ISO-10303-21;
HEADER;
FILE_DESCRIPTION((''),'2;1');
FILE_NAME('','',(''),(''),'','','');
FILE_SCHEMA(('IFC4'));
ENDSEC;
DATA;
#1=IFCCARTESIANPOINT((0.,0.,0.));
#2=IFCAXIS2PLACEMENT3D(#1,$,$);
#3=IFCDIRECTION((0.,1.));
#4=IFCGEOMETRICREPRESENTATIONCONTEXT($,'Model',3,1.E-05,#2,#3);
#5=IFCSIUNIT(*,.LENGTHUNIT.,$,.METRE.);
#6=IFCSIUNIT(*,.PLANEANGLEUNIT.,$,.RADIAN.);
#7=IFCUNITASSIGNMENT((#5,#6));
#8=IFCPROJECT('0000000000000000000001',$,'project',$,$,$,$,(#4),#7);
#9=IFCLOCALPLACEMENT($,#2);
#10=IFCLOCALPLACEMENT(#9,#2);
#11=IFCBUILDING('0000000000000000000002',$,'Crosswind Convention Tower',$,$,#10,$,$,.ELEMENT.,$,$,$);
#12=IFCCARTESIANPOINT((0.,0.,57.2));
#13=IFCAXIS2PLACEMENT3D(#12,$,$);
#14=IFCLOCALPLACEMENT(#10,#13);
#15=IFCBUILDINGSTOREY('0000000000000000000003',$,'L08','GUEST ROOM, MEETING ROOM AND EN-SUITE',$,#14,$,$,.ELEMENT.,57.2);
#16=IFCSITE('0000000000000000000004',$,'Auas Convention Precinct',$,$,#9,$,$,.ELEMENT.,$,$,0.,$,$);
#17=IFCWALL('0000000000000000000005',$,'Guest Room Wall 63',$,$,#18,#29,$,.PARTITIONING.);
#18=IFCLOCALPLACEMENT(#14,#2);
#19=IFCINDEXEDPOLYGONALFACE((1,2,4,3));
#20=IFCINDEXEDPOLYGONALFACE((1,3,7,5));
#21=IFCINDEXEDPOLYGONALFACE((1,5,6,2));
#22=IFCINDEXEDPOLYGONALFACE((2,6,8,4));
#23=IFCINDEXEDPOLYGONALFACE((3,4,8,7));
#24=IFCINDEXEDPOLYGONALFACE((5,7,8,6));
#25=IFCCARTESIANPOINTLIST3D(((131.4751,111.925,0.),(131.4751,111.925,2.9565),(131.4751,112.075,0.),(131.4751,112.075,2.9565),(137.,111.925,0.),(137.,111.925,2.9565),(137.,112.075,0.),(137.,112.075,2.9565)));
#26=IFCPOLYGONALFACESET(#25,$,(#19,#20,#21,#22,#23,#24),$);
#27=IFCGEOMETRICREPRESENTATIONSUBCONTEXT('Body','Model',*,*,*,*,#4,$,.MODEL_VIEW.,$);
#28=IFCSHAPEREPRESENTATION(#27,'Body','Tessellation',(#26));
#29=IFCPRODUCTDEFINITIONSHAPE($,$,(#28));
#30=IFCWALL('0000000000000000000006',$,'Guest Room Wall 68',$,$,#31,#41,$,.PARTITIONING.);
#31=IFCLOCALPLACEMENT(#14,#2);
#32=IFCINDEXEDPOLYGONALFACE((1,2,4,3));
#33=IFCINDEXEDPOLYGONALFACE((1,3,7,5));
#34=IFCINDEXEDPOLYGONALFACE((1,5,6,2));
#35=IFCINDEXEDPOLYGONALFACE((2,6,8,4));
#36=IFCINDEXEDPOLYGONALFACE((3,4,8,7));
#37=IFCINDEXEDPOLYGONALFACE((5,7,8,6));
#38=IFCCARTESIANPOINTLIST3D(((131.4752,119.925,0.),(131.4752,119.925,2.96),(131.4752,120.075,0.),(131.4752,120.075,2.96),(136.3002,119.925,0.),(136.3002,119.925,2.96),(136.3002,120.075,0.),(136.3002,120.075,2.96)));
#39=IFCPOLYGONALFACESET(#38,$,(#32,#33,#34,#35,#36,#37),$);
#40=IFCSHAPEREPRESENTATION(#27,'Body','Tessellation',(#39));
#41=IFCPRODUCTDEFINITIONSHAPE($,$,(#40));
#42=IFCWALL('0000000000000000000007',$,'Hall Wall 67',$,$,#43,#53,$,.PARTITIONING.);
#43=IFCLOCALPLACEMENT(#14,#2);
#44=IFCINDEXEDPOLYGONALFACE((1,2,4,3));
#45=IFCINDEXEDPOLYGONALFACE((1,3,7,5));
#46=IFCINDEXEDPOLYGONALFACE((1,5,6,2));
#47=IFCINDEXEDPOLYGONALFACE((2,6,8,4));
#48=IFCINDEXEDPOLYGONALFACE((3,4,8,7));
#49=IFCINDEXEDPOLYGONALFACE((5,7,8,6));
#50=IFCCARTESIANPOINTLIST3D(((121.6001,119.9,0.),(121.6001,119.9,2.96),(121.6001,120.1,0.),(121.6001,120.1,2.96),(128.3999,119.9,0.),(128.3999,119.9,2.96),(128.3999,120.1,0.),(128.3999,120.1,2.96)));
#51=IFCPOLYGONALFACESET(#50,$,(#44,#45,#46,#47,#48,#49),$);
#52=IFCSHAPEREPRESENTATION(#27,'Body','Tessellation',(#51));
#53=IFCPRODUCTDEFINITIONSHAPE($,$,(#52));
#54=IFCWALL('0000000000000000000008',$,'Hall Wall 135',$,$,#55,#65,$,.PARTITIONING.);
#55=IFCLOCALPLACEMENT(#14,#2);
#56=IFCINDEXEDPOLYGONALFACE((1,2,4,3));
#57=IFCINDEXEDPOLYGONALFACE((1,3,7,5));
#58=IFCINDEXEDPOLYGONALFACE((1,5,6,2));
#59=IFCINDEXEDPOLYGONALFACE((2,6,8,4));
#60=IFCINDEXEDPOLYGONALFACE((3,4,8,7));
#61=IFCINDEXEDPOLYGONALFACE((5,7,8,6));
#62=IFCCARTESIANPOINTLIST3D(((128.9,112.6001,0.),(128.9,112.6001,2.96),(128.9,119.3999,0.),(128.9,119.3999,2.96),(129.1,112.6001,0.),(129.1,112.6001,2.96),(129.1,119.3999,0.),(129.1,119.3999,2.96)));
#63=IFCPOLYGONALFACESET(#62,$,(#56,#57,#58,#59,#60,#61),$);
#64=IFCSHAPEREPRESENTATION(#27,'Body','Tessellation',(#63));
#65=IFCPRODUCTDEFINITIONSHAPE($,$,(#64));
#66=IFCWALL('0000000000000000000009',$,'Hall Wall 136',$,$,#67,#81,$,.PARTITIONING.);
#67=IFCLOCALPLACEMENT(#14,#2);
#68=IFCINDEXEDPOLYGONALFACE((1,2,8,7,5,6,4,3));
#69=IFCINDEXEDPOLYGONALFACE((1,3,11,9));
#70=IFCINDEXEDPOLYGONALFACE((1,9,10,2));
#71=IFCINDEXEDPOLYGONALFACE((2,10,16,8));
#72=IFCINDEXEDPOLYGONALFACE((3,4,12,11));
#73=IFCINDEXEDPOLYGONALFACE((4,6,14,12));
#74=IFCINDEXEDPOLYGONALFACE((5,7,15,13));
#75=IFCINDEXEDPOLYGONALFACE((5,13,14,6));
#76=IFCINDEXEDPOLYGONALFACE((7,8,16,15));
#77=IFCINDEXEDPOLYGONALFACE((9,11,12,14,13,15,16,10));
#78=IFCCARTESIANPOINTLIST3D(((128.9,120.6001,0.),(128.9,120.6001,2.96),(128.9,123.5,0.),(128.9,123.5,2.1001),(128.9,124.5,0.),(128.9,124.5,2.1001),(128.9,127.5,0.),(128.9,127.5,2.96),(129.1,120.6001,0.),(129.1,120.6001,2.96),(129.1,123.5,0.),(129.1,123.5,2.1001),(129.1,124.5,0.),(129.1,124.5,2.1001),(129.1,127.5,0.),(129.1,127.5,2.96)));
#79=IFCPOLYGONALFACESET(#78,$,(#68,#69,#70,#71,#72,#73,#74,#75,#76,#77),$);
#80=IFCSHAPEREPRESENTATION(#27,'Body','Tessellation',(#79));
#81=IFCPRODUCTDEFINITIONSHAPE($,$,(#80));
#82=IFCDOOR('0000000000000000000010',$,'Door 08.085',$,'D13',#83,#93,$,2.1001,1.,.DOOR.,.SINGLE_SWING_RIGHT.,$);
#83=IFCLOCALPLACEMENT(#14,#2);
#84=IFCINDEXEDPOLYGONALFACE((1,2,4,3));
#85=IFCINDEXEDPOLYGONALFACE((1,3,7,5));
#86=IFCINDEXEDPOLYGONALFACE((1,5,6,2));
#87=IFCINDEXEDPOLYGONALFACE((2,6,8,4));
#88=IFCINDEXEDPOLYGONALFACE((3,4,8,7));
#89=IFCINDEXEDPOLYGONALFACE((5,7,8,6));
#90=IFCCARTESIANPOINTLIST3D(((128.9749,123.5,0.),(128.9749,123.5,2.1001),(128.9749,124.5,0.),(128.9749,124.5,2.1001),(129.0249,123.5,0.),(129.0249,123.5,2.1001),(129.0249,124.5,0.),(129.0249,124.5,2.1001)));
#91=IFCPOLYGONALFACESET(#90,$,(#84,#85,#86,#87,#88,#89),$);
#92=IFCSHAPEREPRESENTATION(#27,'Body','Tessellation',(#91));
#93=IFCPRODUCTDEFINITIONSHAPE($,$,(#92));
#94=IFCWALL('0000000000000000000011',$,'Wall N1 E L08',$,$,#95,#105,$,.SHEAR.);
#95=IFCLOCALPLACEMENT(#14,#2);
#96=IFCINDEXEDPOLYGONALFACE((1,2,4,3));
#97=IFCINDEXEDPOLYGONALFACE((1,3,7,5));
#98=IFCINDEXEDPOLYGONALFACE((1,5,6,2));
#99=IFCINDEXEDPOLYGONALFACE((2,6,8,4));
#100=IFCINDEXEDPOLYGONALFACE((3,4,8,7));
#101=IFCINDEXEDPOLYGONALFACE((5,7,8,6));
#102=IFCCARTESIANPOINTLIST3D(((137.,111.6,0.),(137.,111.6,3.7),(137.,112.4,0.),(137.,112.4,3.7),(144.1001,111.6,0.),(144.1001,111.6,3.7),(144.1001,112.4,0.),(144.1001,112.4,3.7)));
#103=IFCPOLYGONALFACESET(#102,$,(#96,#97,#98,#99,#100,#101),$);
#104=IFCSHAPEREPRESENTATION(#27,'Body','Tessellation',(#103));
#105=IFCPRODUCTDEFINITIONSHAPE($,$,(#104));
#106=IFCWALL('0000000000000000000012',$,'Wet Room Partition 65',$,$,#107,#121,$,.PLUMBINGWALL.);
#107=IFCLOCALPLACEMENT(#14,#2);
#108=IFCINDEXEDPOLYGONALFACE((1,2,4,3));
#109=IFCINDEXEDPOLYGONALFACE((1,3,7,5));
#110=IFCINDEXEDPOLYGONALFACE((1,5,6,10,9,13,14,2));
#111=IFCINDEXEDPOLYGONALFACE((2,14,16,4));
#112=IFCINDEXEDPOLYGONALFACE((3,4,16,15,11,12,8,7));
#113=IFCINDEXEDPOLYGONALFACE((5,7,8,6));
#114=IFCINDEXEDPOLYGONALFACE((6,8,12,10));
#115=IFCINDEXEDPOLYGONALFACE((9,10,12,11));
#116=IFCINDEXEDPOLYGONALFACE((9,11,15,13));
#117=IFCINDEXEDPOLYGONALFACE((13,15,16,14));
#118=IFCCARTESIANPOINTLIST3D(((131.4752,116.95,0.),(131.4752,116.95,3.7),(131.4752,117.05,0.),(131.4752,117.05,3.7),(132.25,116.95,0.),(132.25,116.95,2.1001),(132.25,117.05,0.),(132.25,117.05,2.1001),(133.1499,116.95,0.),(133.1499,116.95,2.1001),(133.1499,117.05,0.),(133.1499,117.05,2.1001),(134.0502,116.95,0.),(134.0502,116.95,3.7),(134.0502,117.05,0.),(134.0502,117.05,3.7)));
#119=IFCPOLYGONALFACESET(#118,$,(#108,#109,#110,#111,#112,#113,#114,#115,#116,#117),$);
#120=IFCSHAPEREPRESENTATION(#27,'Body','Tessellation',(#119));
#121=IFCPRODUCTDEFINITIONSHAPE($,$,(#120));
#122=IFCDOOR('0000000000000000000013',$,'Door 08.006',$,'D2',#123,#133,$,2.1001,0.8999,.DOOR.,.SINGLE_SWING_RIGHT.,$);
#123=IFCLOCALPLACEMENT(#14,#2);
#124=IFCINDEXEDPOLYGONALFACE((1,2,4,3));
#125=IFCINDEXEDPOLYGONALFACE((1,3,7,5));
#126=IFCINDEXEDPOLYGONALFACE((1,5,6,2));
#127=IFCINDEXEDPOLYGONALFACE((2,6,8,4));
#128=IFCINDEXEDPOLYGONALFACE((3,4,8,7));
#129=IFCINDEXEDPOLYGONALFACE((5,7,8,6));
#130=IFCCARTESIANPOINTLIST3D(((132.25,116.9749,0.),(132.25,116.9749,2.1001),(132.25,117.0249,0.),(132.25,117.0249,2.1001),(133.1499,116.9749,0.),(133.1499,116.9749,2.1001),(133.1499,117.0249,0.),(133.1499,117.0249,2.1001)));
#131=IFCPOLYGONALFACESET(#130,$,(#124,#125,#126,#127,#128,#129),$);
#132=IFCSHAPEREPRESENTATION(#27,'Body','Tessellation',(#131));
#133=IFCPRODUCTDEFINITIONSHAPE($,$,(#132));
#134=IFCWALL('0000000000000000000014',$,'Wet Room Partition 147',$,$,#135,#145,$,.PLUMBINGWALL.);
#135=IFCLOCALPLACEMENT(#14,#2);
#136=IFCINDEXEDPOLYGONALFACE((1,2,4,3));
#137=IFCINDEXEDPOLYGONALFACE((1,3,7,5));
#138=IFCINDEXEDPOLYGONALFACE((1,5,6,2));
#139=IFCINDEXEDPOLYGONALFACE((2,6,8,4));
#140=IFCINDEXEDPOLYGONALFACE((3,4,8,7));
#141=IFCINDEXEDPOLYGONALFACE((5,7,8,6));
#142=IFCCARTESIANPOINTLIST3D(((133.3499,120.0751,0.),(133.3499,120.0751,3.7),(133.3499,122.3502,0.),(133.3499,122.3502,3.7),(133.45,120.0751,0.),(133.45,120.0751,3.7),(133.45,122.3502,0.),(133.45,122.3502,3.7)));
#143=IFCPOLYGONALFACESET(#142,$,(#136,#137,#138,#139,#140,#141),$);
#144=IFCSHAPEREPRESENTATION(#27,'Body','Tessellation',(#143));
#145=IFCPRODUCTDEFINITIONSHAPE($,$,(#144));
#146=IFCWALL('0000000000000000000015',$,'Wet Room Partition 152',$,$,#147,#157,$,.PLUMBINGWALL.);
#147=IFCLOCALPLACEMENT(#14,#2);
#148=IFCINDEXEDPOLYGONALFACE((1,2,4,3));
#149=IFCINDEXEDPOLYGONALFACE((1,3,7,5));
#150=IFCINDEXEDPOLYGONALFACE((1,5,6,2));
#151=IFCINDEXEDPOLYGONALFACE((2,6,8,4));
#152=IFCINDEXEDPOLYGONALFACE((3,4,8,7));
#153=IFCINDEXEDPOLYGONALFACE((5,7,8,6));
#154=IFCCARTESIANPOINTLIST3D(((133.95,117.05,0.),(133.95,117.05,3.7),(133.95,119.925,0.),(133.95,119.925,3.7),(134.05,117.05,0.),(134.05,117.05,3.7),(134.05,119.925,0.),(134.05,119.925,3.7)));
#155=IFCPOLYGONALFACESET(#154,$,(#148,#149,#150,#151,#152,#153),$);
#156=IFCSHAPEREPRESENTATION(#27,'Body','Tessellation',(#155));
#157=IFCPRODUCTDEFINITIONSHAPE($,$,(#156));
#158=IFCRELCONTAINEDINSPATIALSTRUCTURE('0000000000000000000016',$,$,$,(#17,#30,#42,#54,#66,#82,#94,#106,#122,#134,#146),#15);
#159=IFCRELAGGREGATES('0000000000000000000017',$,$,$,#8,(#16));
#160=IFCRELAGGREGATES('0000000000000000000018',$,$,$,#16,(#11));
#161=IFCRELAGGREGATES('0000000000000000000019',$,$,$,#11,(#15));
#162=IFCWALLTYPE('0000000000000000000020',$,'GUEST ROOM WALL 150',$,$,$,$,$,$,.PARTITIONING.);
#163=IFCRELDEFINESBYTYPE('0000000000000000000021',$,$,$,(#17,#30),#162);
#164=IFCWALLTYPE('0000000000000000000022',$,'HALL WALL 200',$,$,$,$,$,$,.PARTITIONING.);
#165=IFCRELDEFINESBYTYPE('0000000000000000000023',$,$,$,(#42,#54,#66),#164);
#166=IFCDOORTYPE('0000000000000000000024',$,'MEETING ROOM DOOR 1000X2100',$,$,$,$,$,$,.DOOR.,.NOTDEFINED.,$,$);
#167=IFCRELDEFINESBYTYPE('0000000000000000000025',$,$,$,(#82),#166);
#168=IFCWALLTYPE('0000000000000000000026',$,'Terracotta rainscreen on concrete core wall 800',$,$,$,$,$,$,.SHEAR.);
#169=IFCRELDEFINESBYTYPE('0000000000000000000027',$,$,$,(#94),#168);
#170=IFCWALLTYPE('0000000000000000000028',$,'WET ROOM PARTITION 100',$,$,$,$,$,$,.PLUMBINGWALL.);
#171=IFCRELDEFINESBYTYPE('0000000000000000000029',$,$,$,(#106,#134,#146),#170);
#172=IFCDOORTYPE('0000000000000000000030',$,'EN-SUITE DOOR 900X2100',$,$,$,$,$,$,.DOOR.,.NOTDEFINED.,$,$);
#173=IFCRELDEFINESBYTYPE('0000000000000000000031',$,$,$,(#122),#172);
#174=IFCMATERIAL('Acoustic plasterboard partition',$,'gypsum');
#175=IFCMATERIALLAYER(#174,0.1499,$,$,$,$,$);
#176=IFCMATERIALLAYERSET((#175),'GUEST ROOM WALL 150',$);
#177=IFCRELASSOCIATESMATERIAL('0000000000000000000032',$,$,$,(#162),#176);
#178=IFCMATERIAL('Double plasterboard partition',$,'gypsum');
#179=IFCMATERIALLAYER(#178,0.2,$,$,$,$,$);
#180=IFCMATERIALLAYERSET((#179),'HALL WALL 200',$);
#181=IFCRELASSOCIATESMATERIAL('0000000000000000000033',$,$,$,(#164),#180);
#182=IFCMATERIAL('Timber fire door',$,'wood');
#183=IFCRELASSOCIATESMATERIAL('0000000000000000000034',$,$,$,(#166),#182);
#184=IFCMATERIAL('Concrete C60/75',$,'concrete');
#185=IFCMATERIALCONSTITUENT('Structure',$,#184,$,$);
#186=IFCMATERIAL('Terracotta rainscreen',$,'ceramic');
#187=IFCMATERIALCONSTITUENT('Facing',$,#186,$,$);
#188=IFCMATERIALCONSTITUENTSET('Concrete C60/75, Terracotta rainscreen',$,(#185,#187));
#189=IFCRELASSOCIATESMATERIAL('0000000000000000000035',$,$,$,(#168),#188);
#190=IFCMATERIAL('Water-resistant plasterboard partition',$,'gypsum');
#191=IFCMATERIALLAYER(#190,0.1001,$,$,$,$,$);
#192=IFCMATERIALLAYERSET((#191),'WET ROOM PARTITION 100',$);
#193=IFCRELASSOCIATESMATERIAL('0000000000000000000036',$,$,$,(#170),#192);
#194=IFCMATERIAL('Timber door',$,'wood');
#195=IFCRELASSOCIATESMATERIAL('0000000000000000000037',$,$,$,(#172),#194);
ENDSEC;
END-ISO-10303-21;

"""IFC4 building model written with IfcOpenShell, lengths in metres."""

from ifc_helpers import new_model, si_unit, direction, frame, frame_2d, origin, place, context, subcontext, project, spatial, rectangle, extrude, material, layer, layer_set, constituent, constituent_set, type_object, element, fill, save


model = new_model("IFC4")

# Units and contexts
model_context = context("Model", 3, precision=1e-05, world=origin(), true_north=direction((0.0, 1.0)))
body_context = subcontext(model_context, "Body", "Model", "MODEL_VIEW")
ifc_project = project(units=[si_unit("LENGTHUNIT", "METRE"), si_unit("PLANEANGLEUNIT", "RADIAN")], contexts=[model_context])

# Site, building, storey
site_placement = place(None, origin())
site = spatial("IfcSite", under=ifc_project, at=site_placement, Name="Auas Convention Precinct", CompositionType="ELEMENT", RefElevation=0.0)
building_placement = place(site_placement, origin())
building = spatial("IfcBuilding", under=site, at=building_placement, Name="Crosswind Convention Tower", CompositionType="ELEMENT")
storey_placement = place(building_placement, frame((0.0, 0.0, 57.2)))
storey = spatial("IfcBuildingStorey", under=building, at=storey_placement, Name="L08", Description="GUEST ROOM, MEETING ROOM AND EN-SUITE", CompositionType="ELEMENT", Elevation=57.2)

# Walls
ifc_material_1 = material(Name="Acoustic plasterboard partition", Category="gypsum")
ifc_layer_1 = layer(ifc_material_1, 0.1499)
ifc_layer_set_1 = layer_set([ifc_layer_1], Name="GUEST ROOM WALL 150")
wall_type_1 = type_object("IfcWallType", Name="GUEST ROOM WALL 150", PredefinedType="PARTITIONING", material=ifc_layer_set_1)
wall_1_placement = place(storey_placement, frame((131.4751, 112.0, 0.0), z_axis=(0.0, 0.0, 1.0), x_axis=(1.0, 0.0, 0.0)))
element("IfcWall", 1, at=wall_1_placement, inside=storey, type_object=wall_type_1, Name="Guest Room Wall 63", PredefinedType="PARTITIONING", context=body_context, shape_type="SweptSolid", body=[
    extrude(rectangle(XDim=5.5249, YDim=0.1499, at=frame_2d((2.7625, 0.0))), origin(), (0.0, 0.0, 1.0), 2.9565),
])
wall_2_placement = place(storey_placement, frame((131.4751, 120.0, 0.0), z_axis=(0.0, 0.0, 1.0), x_axis=(1.0, 0.0, 0.0)))
element("IfcWall", 2, at=wall_2_placement, inside=storey, type_object=wall_type_1, Name="Guest Room Wall 68", PredefinedType="PARTITIONING", context=body_context, shape_type="SweptSolid", body=[
    extrude(rectangle(XDim=4.825, YDim=0.1499, at=frame_2d((2.4126, 0.0))), origin(), (0.0, 0.0, 1.0), 2.96),
])
ifc_material_2 = material(Name="Double plasterboard partition", Category="gypsum")
ifc_layer_2 = layer(ifc_material_2, 0.2)
ifc_layer_set_2 = layer_set([ifc_layer_2], Name="HALL WALL 200")
wall_type_2 = type_object("IfcWallType", Name="HALL WALL 200", PredefinedType="PARTITIONING", material=ifc_layer_set_2)
for number, where, z_axis, x_axis, name in (
    (3, (121.6001, 120.0, 0.0), (0.0, 0.0, 1.0), (1.0, 0.0, 0.0), "Hall Wall 67"),
    (4, (129.0, 112.6001, 0.0), (0.0, 0.0, 1.0), (0.0, 1.0, 0.0), "Hall Wall 135"),
):
    element("IfcWall", number, at=place(storey_placement, frame(where, z_axis=z_axis, x_axis=x_axis)), inside=storey, type_object=wall_type_2, Name=name, PredefinedType="PARTITIONING", context=body_context, shape_type="SweptSolid", body=[
        extrude(rectangle(XDim=6.7998, YDim=0.2, at=frame_2d((3.3999, 0.0))), origin(), (0.0, 0.0, 1.0), 2.96),
    ])

# Wall, opening, door
wall_3_placement = place(storey_placement, frame((129.0, 120.6001, 0.0), z_axis=(0.0, 0.0, 1.0), x_axis=(0.0, 1.0, 0.0)))
wall_3 = element("IfcWall", 5, at=wall_3_placement, inside=storey, type_object=wall_type_2, Name="Hall Wall 136", PredefinedType="PARTITIONING", context=body_context, shape_type="SweptSolid", body=[
    extrude(rectangle(XDim=6.8999, YDim=0.2, at=frame_2d((3.45, 0.0))), origin(), (0.0, 0.0, 1.0), 2.96),
])
opening_1_placement = place(wall_3_placement, frame((2.8999, 0.0, 0.0)))
opening_1 = element("IfcOpeningElement", 6, at=opening_1_placement, cuts=wall_3, PredefinedType="OPENING", context=body_context, shape_type="SweptSolid", body=[
    extrude(rectangle(XDim=1.0, YDim=2.1001, at=frame_2d((0.5, 1.05))), frame((0.0, 0.1099, 0.0), z_axis=(0.0, -1.0, 0.0), x_axis=(1.0, 0.0, 0.0)), (0.0, 0.0, 1.0), 0.22),
])
ifc_material_3 = material(Name="Timber fire door", Category="wood")
door_type_1 = type_object("IfcDoorType", Name="MEETING ROOM DOOR 1000X2100", OperationType="NOTDEFINED", PredefinedType="DOOR", material=ifc_material_3)
door_1_placement = place(opening_1_placement, frame((1.0, 0.0, 0.0), z_axis=(0.0, 0.0, 1.0), x_axis=(-1.0, 0.0, 0.0)))
door_1 = element("IfcDoor", 7, at=door_1_placement, inside=storey, type_object=door_type_1, Name="Door 08.085", ObjectType="D13", OperationType="SINGLE_SWING_RIGHT", OverallHeight=2.1001, OverallWidth=1.0, PredefinedType="DOOR", context=body_context, shape_type="SweptSolid", body=[
    extrude(rectangle(XDim=1.0, YDim=2.1001, at=frame_2d((0.5, 1.05))), frame((0.0, 0.0249, 0.0), z_axis=(0.0, -1.0, 0.0), x_axis=(1.0, 0.0, 0.0)), (0.0, 0.0, 1.0), 0.05),
])
fill(opening_1, door_1)

# Wall
ifc_material_4 = material(Name="Concrete C60/75", Category="concrete")
ifc_constituent_1 = constituent(ifc_material_4, Name="Structure")
ifc_material_5 = material(Name="Terracotta rainscreen", Category="ceramic")
ifc_constituent_2 = constituent(ifc_material_5, Name="Facing")
ifc_constituent_set = constituent_set(constituents=[ifc_constituent_1, ifc_constituent_2], Name="Concrete C60/75, Terracotta rainscreen")
wall_type_3 = type_object("IfcWallType", Name="Terracotta rainscreen on concrete core wall 800", PredefinedType="SHEAR", material=ifc_constituent_set)
wall_4_placement = place(storey_placement, frame((137.0, 112.0, 0.0), z_axis=(0.0, 0.0, 1.0), x_axis=(1.0, 0.0, 0.0)))
element("IfcWall", 8, at=wall_4_placement, inside=storey, type_object=wall_type_3, Name="Wall N1 E L08", PredefinedType="SHEAR", context=body_context, shape_type="SweptSolid", body=[
    extrude(rectangle(XDim=7.1001, YDim=0.8, at=frame_2d((3.55, 0.0))), origin(), (0.0, 0.0, 1.0), 3.7),
])

# Wall, opening, door
ifc_material_6 = material(Name="Water-resistant plasterboard partition", Category="gypsum")
ifc_layer_3 = layer(ifc_material_6, 0.1001)
ifc_layer_set_3 = layer_set([ifc_layer_3], Name="WET ROOM PARTITION 100")
wall_type_4 = type_object("IfcWallType", Name="WET ROOM PARTITION 100", PredefinedType="PLUMBINGWALL", material=ifc_layer_set_3)
wall_5_placement = place(storey_placement, frame((131.4751, 117.0, 0.0), z_axis=(0.0, 0.0, 1.0), x_axis=(1.0, 0.0, 0.0)))
wall_5 = element("IfcWall", 9, at=wall_5_placement, inside=storey, type_object=wall_type_4, Name="Wet Room Partition 65", PredefinedType="PLUMBINGWALL", context=body_context, shape_type="SweptSolid", body=[
    extrude(rectangle(XDim=2.575, YDim=0.1001, at=frame_2d((1.2876, 0.0))), origin(), (0.0, 0.0, 1.0), 3.7),
])
opening_2_placement = place(wall_5_placement, frame((0.7749, 0.0, 0.0)))
opening_2 = element("IfcOpeningElement", 10, at=opening_2_placement, cuts=wall_5, PredefinedType="OPENING", context=body_context, shape_type="SweptSolid", body=[
    extrude(rectangle(XDim=0.8999, YDim=2.1001, at=frame_2d((0.45, 1.05))), frame((0.0, 0.0601, 0.0), z_axis=(0.0, -1.0, 0.0), x_axis=(1.0, 0.0, 0.0)), (0.0, 0.0, 1.0), 0.1201),
])
ifc_material_7 = material(Name="Timber door", Category="wood")
door_type_2 = type_object("IfcDoorType", Name="EN-SUITE DOOR 900X2100", OperationType="NOTDEFINED", PredefinedType="DOOR", material=ifc_material_7)
door_2_placement = place(opening_2_placement, origin())
door_2 = element("IfcDoor", 11, at=door_2_placement, inside=storey, type_object=door_type_2, Name="Door 08.006", ObjectType="D2", OperationType="SINGLE_SWING_RIGHT", OverallHeight=2.1001, OverallWidth=0.8999, PredefinedType="DOOR", context=body_context, shape_type="SweptSolid", body=[
    extrude(rectangle(XDim=0.8999, YDim=2.1001, at=frame_2d((0.45, 1.05))), frame((0.0, 0.0249, 0.0), z_axis=(0.0, -1.0, 0.0), x_axis=(1.0, 0.0, 0.0)), (0.0, 0.0, 1.0), 0.05),
])
fill(opening_2, door_2)

# Walls
wall_6_placement = place(storey_placement, frame((133.3999, 120.075, 0.0), z_axis=(0.0, 0.0, 1.0), x_axis=(0.0, 1.0, 0.0)))
element("IfcWall", 12, at=wall_6_placement, inside=storey, type_object=wall_type_4, Name="Wet Room Partition 147", PredefinedType="PLUMBINGWALL", context=body_context, shape_type="SweptSolid", body=[
    extrude(rectangle(XDim=2.2751, YDim=0.1001, at=frame_2d((1.1377, 0.0))), origin(), (0.0, 0.0, 1.0), 3.7),
])
wall_7_placement = place(storey_placement, frame((134.0, 117.05, 0.0), z_axis=(0.0, 0.0, 1.0), x_axis=(0.0, 1.0, 0.0)))
element("IfcWall", 13, at=wall_7_placement, inside=storey, type_object=wall_type_4, Name="Wet Room Partition 152", PredefinedType="PLUMBINGWALL", context=body_context, shape_type="SweptSolid", body=[
    extrude(rectangle(XDim=2.875, YDim=0.1001, at=frame_2d((1.4375, 0.0))), origin(), (0.0, 0.0, 1.0), 3.7),
])

save(model, "model.ifc")
